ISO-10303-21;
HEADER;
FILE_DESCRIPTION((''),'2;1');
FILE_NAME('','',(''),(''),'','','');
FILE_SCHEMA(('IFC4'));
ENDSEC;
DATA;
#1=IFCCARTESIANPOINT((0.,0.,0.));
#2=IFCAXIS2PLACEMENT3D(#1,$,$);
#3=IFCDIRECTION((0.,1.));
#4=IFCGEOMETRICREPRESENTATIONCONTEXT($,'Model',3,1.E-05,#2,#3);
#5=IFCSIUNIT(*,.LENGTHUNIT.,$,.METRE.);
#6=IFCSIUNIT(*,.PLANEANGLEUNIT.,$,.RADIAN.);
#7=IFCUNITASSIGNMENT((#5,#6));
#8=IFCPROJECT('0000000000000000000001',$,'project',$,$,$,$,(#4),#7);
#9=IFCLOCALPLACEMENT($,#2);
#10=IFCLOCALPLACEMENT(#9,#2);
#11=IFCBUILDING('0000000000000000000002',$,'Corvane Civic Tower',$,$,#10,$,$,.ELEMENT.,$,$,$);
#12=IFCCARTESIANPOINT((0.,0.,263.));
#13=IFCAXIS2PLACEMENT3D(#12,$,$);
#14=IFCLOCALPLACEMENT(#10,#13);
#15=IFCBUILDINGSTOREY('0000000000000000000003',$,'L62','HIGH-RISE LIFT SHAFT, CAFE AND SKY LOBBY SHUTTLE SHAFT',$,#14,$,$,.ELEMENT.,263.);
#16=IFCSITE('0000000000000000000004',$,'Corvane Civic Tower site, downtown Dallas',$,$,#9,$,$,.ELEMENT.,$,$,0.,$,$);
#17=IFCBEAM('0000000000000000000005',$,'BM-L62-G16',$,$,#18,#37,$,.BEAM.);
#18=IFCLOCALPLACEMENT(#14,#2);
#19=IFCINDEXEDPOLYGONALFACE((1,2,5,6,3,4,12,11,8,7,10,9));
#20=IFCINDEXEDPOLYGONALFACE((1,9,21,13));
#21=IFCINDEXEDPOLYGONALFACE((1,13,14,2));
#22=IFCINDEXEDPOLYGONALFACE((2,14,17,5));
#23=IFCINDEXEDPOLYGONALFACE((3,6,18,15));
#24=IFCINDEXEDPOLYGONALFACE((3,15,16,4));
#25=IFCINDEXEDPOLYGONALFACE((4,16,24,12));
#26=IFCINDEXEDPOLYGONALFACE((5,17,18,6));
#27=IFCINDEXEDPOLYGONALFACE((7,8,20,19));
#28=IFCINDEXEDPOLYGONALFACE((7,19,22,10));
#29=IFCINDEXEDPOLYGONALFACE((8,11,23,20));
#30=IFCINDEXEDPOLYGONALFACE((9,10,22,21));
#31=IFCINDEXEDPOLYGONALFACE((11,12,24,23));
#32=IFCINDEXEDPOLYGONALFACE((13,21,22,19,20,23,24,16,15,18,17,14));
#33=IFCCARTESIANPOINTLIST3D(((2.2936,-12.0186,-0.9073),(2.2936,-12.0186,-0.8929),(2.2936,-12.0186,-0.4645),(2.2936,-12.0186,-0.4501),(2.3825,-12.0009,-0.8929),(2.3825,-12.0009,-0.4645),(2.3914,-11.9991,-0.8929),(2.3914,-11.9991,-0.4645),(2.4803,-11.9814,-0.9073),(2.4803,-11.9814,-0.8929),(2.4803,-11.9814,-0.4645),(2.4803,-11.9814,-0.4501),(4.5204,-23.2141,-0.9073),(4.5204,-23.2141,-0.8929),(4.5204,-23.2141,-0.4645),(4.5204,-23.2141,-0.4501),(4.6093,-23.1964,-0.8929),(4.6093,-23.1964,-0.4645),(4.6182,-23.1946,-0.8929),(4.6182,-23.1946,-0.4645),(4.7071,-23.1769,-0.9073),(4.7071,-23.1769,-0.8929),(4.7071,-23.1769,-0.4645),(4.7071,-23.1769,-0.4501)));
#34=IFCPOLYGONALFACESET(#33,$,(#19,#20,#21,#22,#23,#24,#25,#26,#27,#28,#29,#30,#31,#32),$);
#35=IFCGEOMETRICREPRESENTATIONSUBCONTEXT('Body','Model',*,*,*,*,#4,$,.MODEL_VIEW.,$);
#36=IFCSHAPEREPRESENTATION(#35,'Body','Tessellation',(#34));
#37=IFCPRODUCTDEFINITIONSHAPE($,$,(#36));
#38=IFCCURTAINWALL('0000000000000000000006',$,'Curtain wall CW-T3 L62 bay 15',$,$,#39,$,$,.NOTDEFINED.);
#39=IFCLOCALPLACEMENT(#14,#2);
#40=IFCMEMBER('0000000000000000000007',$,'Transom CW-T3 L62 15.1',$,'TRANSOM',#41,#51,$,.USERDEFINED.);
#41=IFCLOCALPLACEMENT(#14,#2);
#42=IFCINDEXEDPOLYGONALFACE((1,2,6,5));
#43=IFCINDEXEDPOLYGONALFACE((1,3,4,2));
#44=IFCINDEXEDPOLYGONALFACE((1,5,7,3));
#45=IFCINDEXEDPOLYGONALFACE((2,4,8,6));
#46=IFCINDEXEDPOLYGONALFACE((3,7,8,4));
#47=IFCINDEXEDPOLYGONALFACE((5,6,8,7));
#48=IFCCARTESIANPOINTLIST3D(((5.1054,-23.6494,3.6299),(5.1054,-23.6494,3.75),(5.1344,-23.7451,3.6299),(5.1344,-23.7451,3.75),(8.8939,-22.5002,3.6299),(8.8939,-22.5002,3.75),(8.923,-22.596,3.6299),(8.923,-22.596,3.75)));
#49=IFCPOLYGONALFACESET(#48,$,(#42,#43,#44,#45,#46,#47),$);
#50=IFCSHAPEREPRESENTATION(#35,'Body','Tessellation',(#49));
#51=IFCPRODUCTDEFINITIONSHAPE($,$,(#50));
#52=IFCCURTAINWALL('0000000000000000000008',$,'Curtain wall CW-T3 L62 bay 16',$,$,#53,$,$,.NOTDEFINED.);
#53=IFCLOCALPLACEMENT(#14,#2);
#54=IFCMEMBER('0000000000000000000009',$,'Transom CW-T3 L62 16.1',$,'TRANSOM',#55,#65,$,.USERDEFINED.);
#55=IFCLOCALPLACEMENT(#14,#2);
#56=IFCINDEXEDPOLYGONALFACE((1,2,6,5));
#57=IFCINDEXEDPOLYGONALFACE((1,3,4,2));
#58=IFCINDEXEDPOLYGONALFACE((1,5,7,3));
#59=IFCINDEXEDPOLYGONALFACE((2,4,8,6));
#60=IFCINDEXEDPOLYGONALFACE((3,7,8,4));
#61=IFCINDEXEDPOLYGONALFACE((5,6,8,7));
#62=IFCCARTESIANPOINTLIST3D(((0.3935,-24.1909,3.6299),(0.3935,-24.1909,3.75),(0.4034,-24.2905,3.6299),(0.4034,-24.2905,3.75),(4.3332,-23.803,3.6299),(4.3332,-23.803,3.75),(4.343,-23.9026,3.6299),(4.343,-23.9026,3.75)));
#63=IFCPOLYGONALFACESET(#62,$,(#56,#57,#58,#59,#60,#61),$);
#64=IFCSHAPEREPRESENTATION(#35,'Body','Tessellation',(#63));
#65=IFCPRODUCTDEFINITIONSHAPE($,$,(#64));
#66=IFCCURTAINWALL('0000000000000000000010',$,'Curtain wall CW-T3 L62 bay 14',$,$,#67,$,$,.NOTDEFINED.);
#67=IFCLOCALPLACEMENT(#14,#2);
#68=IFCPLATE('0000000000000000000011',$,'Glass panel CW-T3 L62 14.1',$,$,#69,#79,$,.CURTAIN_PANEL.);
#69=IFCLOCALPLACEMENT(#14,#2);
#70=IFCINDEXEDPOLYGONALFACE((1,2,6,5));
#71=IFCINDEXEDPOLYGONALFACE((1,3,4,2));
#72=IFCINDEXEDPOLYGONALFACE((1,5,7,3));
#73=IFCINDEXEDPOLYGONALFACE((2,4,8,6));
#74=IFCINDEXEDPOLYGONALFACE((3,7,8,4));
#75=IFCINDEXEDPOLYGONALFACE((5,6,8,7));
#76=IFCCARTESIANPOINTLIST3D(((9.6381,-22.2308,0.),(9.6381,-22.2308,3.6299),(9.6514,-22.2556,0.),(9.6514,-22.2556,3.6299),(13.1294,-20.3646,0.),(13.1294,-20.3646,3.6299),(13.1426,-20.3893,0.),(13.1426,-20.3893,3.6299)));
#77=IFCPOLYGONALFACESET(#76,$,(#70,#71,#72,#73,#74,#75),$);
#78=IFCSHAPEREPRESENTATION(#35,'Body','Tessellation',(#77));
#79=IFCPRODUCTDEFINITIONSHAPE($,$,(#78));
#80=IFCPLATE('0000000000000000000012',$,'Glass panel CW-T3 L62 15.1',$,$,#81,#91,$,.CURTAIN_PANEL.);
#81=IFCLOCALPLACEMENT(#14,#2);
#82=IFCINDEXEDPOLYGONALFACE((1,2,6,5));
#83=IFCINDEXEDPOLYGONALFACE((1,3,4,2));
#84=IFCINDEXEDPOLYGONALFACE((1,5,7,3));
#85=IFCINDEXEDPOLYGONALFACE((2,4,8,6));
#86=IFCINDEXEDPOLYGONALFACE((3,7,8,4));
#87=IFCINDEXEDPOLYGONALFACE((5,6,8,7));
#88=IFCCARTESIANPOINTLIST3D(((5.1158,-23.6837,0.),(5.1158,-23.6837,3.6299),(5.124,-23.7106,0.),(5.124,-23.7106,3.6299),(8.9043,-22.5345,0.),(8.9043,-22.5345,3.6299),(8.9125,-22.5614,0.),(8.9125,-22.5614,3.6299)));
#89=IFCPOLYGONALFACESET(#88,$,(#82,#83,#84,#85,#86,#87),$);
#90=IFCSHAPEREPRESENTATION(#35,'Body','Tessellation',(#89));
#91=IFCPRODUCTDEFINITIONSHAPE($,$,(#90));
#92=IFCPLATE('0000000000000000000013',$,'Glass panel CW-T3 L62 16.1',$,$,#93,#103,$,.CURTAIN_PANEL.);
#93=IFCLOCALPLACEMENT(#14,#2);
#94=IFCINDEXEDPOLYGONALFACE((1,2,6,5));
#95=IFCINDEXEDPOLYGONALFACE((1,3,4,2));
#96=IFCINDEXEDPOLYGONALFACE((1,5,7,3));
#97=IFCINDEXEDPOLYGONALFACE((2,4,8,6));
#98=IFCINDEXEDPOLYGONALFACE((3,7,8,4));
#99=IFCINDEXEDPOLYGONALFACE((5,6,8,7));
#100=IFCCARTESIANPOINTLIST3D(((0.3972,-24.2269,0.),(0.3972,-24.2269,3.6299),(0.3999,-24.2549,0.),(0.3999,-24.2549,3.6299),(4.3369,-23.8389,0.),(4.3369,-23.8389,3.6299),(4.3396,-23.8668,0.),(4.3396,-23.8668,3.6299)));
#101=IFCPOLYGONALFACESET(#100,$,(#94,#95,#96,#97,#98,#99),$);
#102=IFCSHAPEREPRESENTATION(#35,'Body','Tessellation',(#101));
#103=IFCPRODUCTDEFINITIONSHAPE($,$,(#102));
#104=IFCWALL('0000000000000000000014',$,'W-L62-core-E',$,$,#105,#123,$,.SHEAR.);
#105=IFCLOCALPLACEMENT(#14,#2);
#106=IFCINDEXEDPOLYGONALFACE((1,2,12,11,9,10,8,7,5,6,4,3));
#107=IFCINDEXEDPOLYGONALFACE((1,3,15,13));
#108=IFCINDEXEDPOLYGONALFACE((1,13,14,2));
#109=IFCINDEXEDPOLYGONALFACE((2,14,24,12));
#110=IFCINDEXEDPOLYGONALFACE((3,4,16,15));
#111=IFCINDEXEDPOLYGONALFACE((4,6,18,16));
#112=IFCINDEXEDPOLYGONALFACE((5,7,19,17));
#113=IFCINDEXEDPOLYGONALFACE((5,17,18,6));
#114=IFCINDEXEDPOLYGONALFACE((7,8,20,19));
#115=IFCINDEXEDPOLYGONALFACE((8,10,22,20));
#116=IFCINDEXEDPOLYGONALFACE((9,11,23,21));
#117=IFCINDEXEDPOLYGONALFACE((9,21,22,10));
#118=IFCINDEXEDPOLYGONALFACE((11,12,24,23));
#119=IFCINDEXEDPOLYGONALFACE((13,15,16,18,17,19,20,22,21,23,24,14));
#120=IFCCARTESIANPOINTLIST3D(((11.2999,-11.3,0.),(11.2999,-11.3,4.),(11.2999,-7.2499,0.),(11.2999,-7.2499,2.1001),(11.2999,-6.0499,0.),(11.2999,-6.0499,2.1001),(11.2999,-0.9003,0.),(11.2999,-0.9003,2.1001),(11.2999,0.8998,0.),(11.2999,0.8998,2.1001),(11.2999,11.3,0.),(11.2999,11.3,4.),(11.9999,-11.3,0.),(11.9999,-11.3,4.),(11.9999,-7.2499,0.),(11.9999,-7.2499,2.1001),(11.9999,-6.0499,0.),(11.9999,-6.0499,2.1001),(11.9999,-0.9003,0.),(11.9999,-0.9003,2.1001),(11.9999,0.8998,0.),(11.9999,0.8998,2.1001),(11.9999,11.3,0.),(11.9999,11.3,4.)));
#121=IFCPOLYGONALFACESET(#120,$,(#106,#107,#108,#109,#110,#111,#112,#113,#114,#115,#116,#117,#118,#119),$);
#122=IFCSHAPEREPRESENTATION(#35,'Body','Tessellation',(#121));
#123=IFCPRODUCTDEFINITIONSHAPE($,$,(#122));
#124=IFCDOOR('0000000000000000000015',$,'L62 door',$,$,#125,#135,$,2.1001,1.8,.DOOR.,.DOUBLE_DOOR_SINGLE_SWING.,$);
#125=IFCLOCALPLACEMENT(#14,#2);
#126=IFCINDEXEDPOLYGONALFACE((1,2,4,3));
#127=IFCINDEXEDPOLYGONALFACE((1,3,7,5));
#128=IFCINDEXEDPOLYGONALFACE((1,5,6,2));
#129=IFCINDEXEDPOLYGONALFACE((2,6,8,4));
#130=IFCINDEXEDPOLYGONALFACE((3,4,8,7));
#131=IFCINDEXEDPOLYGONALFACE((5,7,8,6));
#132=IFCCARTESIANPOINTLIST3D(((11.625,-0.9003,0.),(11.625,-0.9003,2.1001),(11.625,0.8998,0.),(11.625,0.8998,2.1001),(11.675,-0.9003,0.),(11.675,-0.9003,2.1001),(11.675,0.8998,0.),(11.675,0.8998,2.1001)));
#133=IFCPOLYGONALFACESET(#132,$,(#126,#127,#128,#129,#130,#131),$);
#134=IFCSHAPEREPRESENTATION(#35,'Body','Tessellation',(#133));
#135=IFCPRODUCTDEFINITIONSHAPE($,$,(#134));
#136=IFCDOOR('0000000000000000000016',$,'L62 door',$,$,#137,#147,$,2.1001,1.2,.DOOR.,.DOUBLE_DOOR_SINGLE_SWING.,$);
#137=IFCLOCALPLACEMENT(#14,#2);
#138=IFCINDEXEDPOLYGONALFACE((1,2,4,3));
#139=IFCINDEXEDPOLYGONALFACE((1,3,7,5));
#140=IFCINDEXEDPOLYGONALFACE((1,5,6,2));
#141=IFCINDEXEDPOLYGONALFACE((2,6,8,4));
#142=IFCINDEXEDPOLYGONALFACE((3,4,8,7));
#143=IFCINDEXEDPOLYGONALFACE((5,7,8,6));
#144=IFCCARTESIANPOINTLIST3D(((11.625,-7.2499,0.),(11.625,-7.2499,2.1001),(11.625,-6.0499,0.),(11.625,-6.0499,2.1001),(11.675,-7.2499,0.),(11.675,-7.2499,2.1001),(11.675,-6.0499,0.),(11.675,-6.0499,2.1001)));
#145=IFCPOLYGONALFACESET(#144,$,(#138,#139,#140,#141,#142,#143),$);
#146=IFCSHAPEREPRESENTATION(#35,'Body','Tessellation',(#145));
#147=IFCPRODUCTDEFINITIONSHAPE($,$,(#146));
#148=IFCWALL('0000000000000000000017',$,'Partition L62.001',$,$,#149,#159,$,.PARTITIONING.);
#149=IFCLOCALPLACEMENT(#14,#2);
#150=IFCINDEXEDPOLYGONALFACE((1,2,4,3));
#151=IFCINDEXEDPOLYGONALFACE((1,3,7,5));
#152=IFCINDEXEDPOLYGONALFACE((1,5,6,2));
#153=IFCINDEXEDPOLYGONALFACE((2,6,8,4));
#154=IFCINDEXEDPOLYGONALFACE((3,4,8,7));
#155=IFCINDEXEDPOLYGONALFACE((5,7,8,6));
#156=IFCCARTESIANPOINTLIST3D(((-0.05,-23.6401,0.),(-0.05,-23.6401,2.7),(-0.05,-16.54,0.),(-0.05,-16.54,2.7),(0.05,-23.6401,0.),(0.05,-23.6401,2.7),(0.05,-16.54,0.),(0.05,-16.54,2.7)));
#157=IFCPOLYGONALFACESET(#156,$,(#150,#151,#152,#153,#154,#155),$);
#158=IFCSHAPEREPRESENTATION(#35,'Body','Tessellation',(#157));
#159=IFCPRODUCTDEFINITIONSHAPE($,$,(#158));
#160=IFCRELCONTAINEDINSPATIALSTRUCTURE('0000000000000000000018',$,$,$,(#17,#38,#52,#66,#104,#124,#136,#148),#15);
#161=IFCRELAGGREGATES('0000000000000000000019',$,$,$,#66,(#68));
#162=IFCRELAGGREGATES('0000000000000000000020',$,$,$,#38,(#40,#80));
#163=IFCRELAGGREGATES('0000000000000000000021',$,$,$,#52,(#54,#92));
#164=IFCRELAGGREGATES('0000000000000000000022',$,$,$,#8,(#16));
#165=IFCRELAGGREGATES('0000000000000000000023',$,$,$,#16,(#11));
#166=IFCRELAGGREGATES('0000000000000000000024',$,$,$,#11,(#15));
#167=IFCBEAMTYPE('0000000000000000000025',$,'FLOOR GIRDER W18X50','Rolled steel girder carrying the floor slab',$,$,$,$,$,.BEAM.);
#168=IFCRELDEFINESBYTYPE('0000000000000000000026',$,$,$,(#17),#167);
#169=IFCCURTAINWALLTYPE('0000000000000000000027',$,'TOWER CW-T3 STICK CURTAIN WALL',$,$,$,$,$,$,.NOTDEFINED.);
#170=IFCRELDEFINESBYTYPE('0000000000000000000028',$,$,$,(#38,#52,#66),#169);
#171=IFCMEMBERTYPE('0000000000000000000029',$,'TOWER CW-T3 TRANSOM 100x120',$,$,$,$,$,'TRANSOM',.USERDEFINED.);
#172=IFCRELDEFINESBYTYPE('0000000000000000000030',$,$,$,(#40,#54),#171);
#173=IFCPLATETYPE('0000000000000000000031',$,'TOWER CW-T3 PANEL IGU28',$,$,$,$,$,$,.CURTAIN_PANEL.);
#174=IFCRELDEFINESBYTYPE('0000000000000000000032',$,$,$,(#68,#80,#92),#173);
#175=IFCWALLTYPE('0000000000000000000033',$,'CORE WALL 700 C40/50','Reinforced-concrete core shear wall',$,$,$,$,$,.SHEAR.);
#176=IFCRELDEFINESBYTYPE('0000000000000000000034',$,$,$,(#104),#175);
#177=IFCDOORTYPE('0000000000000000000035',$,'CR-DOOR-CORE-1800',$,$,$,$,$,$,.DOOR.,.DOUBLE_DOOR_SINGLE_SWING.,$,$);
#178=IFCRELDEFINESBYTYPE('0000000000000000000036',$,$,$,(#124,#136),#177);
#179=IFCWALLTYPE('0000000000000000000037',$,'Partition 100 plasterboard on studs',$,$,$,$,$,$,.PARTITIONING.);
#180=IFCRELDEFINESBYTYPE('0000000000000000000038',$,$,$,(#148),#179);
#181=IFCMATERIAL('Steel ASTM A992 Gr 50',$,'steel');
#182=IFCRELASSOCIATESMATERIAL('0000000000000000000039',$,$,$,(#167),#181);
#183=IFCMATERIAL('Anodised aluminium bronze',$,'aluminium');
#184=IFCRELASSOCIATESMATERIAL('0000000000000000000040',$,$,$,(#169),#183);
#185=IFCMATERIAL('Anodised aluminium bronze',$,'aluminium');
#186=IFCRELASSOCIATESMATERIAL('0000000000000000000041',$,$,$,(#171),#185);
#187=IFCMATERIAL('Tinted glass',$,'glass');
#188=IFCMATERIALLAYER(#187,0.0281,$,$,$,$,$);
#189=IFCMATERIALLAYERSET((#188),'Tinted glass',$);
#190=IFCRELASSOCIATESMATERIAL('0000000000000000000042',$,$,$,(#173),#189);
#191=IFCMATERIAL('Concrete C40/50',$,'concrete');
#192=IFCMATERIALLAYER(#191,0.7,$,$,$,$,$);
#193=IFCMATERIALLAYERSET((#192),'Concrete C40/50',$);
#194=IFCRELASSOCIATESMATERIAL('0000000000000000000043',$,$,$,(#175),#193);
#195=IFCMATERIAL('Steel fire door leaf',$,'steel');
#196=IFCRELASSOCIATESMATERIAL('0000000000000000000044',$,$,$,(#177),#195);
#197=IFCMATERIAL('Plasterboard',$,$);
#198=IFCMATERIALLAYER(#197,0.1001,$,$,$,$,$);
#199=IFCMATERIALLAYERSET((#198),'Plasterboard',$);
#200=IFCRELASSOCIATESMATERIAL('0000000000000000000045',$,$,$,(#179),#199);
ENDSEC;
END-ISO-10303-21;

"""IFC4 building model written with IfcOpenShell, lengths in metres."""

from ifc_helpers import new_model, si_unit, direction, frame, frame_2d, origin, origin_2d, place, context, subcontext, project, spatial, rectangle, i_section, extrude, material, layer, layer_set, material_profile, profile_set, type_object, element, fill, aggregate, save


model = new_model("IFC4")

# Units and contexts
model_context = context("Model", 3, precision=1e-05, world=origin(), true_north=direction((0.0, 1.0)))
body_context = subcontext(model_context, "Body", "Model", "MODEL_VIEW")
ifc_project = project(units=[si_unit("LENGTHUNIT", "METRE"), si_unit("PLANEANGLEUNIT", "RADIAN")], contexts=[model_context])

# Site, building, storey
site_placement = place(None, origin())
site = spatial("IfcSite", under=ifc_project, at=site_placement, Name="Corvane Civic Tower site, downtown Dallas", CompositionType="ELEMENT", RefElevation=0.0)
building_placement = place(site_placement, origin())
building = spatial("IfcBuilding", under=site, at=building_placement, Name="Corvane Civic Tower", CompositionType="ELEMENT")
storey_placement = place(building_placement, frame((0.0, 0.0, 263.0)))
storey = spatial("IfcBuildingStorey", under=building, at=storey_placement, Name="L62", Description="HIGH-RISE LIFT SHAFT, CAFE AND SKY LOBBY SHUTTLE SHAFT", CompositionType="ELEMENT", Elevation=263.0)

# Beam
ifc_material_1 = material(Name="Steel ASTM A992 Gr 50", Category="steel")
ifc_material_profile_1 = material_profile(ifc_material_1, i_section(OverallWidth=0.1904, OverallDepth=0.4573, WebThickness=0.009, FlangeThickness=0.0144, at=origin_2d()), Name="W18X50")
ifc_profile_set_1 = profile_set([ifc_material_profile_1], Name="Steel ASTM A992 Gr 50")
beam_type_1 = type_object("IfcBeamType", Name="FLOOR GIRDER W18X50", Description="Rolled steel girder carrying the floor slab", PredefinedType="BEAM", material=ifc_profile_set_1)
beam_1_placement = place(storey_placement, frame((2.387, -12.0, -0.6787), z_axis=(0.19508, -0.980787, 0.0), x_axis=(0.980787, 0.19508, 0.0)))
element("IfcBeam", 1, at=beam_1_placement, inside=storey, type_object=beam_type_1, Name="BM-L62-G16", PredefinedType="BEAM", context=body_context, shape_type="SweptSolid", body=[
    extrude(i_section(OverallWidth=0.1904, OverallDepth=0.4573, WebThickness=0.009, FlangeThickness=0.0144, at=origin_2d()), origin(), (0.0, 0.0, 1.0), 11.4148),
])

# Curtain walls, members
ifc_material_2 = material(Name="Anodised aluminium bronze", Category="aluminium")
curtain_wall_type = type_object("IfcCurtainWallType", Name="TOWER CW-T3 STICK CURTAIN WALL", PredefinedType="NOTDEFINED", material=ifc_material_2)
curtain_wall_1_placement = place(storey_placement, origin())
curtain_wall_1 = element("IfcCurtainWall", 2, at=curtain_wall_1_placement, inside=storey, type_object=curtain_wall_type, Name="Curtain wall CW-T3 L62 bay 15", PredefinedType="NOTDEFINED")
ifc_material_3 = material(Name="Anodised aluminium bronze", Category="aluminium")
ifc_material_profile_2 = material_profile(ifc_material_3, rectangle(XDim=0.1001, YDim=0.1201, at=origin_2d()), Name="TOWER CW-T3 TRANSOM 100x120")
ifc_profile_set_2 = profile_set([ifc_material_profile_2], Name="Anodised aluminium bronze")
member_type = type_object("IfcMemberType", Name="TOWER CW-T3 TRANSOM 100x120", ElementType="TRANSOM", PredefinedType="USERDEFINED", material=ifc_profile_set_2)
member_1_placement = place(storey_placement, frame((8.9084, -22.5481, 3.6899), z_axis=(-0.956946, -0.290266, 0.0), x_axis=(0.290266, -0.956946, 0.0)))
member_1 = element("IfcMember", 3, at=member_1_placement, type_object=member_type, Name="Transom CW-T3 L62 15.1", ObjectType="TRANSOM", PredefinedType="USERDEFINED", context=body_context, shape_type="SweptSolid", body=[
    extrude(rectangle(XDim=0.1001, YDim=0.1201, at=origin_2d()), origin(), (0.0, 0.0, 1.0), 3.959),
])
curtain_wall_2_placement = place(storey_placement, origin())
curtain_wall_2 = element("IfcCurtainWall", 4, at=curtain_wall_2_placement, inside=storey, type_object=curtain_wall_type, Name="Curtain wall CW-T3 L62 bay 16", PredefinedType="NOTDEFINED")
member_2_placement = place(storey_placement, frame((4.3381, -23.8528, 3.6899), z_axis=(-0.995187, -0.097995, 0.0), x_axis=(0.097995, -0.995187, 0.0)))
member_2 = element("IfcMember", 5, at=member_2_placement, type_object=member_type, Name="Transom CW-T3 L62 16.1", ObjectType="TRANSOM", PredefinedType="USERDEFINED", context=body_context, shape_type="SweptSolid", body=[
    extrude(rectangle(XDim=0.1001, YDim=0.1201, at=origin_2d()), origin(), (0.0, 0.0, 1.0), 3.9587),
])

# Curtain wall, plate
curtain_wall_3_placement = place(storey_placement, origin())
curtain_wall_3 = element("IfcCurtainWall", 6, at=curtain_wall_3_placement, inside=storey, type_object=curtain_wall_type, Name="Curtain wall CW-T3 L62 bay 14", PredefinedType="NOTDEFINED")
ifc_material_4 = material(Name="Tinted glass", Category="glass")
ifc_layer_1 = layer(ifc_material_4, 0.0281)
ifc_layer_set_1 = layer_set([ifc_layer_1], Name="Tinted glass")
plate_type = type_object("IfcPlateType", Name="TOWER CW-T3 PANEL IGU28", PredefinedType="CURTAIN_PANEL", material=ifc_layer_set_1)
plate_1_placement = place(storey_placement, frame((11.3904, -21.3101, 0.0), z_axis=(0.0, 0.0, 1.0), x_axis=(-0.881908, -0.471421, 0.0)))
plate_1 = element("IfcPlate", 7, at=plate_1_placement, type_object=plate_type, Name="Glass panel CW-T3 L62 14.1", PredefinedType="CURTAIN_PANEL", context=body_context, shape_type="SweptSolid", body=[
    extrude(rectangle(XDim=3.9587, YDim=0.0281, at=origin_2d()), origin(), (0.0, 0.0, 1.0), 3.6299),
])
aggregate(curtain_wall_3, [plate_1])

# Plates
plate_2_placement = place(storey_placement, frame((7.0142, -23.1226, 0.0), z_axis=(0.0, 0.0, 1.0), x_axis=(-0.956944, -0.290274, 0.0)))
plate_2 = element("IfcPlate", 8, at=plate_2_placement, type_object=plate_type, Name="Glass panel CW-T3 L62 15.1", PredefinedType="CURTAIN_PANEL", context=body_context, shape_type="SweptSolid", body=[
    extrude(rectangle(XDim=3.959, YDim=0.0281, at=origin_2d()), origin(), (0.0, 0.0, 1.0), 3.6299),
])
aggregate(curtain_wall_1, [member_1, plate_2])
plate_3_placement = place(storey_placement, frame((2.3684, -24.0469, 0.0), z_axis=(0.0, 0.0, 1.0), x_axis=(-0.995184, -0.098021, 0.0)))
plate_3 = element("IfcPlate", 9, at=plate_3_placement, type_object=plate_type, Name="Glass panel CW-T3 L62 16.1", PredefinedType="CURTAIN_PANEL", context=body_context, shape_type="SweptSolid", body=[
    extrude(rectangle(XDim=3.9587, YDim=0.0281, at=origin_2d()), origin(), (0.0, 0.0, 1.0), 3.6299),
])
aggregate(curtain_wall_2, [member_2, plate_3])

# Wall, openings, doors
ifc_material_5 = material(Name="Concrete C40/50", Category="concrete")
ifc_layer_2 = layer(ifc_material_5, 0.7)
ifc_layer_set_2 = layer_set([ifc_layer_2], Name="Concrete C40/50")
wall_type_1 = type_object("IfcWallType", Name="CORE WALL 700 C40/50", Description="Reinforced-concrete core shear wall", PredefinedType="SHEAR", material=ifc_layer_set_2)
wall_1_placement = place(storey_placement, frame((11.6499, -11.3, 0.0), z_axis=(0.0, 0.0, 1.0), x_axis=(0.0, 1.0, 0.0)))
wall_1 = element("IfcWall", 10, at=wall_1_placement, inside=storey, type_object=wall_type_1, Name="W-L62-core-E", PredefinedType="SHEAR", context=body_context, shape_type="SweptSolid", body=[
    extrude(rectangle(XDim=22.6001, YDim=0.7, at=frame_2d((11.3, 0.0))), origin(), (0.0, 0.0, 1.0), 4.0),
])
opening_1_placement = place(wall_1_placement, frame((10.3999, 0.0, 0.0)))
opening_1 = element("IfcOpeningElement", 11, at=opening_1_placement, cuts=wall_1, PredefinedType="OPENING", context=body_context, shape_type="SweptSolid", body=[
    extrude(rectangle(XDim=1.8, YDim=2.1001, at=frame_2d((0.8999, 1.05))), frame((0.0, 0.3599, 0.0), z_axis=(0.0, -1.0, 0.0), x_axis=(1.0, 0.0, 0.0)), (0.0, 0.0, 1.0), 0.72),
])
opening_2_placement = place(wall_1_placement, frame((4.05, 0.0, 0.0)))
opening_2 = element("IfcOpeningElement", 12, at=opening_2_placement, cuts=wall_1, PredefinedType="OPENING", context=body_context, shape_type="SweptSolid", body=[
    extrude(rectangle(XDim=1.2, YDim=2.1001, at=frame_2d((0.6001, 1.05))), frame((0.0, 0.3599, 0.0), z_axis=(0.0, -1.0, 0.0), x_axis=(1.0, 0.0, 0.0)), (0.0, 0.0, 1.0), 0.72),
])
ifc_material_6 = material(Name="Steel fire door leaf", Category="steel")
door_type_1 = type_object("IfcDoorType", Name="CR-DOOR-CORE-1800", OperationType="DOUBLE_DOOR_SINGLE_SWING", PredefinedType="DOOR", material=ifc_material_6)
door_1_placement = place(opening_1_placement, origin())
door_1 = element("IfcDoor", 13, at=door_1_placement, inside=storey, type_object=door_type_1, Name="L62 door", OperationType="DOUBLE_DOOR_SINGLE_SWING", OverallHeight=2.1001, OverallWidth=1.8, PredefinedType="DOOR", context=body_context, shape_type="SweptSolid", body=[
    extrude(rectangle(XDim=1.8, YDim=2.1001, at=frame_2d((0.8999, 1.05))), frame((0.0, 0.0249, 0.0), z_axis=(0.0, -1.0, 0.0), x_axis=(1.0, 0.0, 0.0)), (0.0, 0.0, 1.0), 0.05),
])
fill(opening_1, door_1)
door_2_placement = place(opening_2_placement, origin())
door_2 = element("IfcDoor", 14, at=door_2_placement, inside=storey, type_object=door_type_1, Name="L62 door", OperationType="DOUBLE_DOOR_SINGLE_SWING", OverallHeight=2.1001, OverallWidth=1.2, PredefinedType="DOOR", context=body_context, shape_type="SweptSolid", body=[
    extrude(rectangle(XDim=1.2, YDim=2.1001, at=frame_2d((0.6001, 1.05))), frame((0.0, 0.0249, 0.0), z_axis=(0.0, -1.0, 0.0), x_axis=(1.0, 0.0, 0.0)), (0.0, 0.0, 1.0), 0.05),
])
fill(opening_2, door_2)

# Wall
ifc_material_7 = material(Name="Plasterboard")
ifc_layer_3 = layer(ifc_material_7, 0.1001)
ifc_layer_set_3 = layer_set([ifc_layer_3], Name="Plasterboard")
wall_type_2 = type_object("IfcWallType", Name="Partition 100 plasterboard on studs", PredefinedType="PARTITIONING", material=ifc_layer_set_3)
wall_2_placement = place(storey_placement, frame((0.0, -23.6401, 0.0), z_axis=(0.0, 0.0, 1.0), x_axis=(0.0, 1.0, 0.0)))
element("IfcWall", 15, at=wall_2_placement, inside=storey, type_object=wall_type_2, Name="Partition L62.001", PredefinedType="PARTITIONING", context=body_context, shape_type="SweptSolid", body=[
    extrude(rectangle(XDim=7.1001, YDim=0.1001, at=frame_2d((3.55, 0.0))), origin(), (0.0, 0.0, 1.0), 2.7),
])

save(model, "model.ifc")
